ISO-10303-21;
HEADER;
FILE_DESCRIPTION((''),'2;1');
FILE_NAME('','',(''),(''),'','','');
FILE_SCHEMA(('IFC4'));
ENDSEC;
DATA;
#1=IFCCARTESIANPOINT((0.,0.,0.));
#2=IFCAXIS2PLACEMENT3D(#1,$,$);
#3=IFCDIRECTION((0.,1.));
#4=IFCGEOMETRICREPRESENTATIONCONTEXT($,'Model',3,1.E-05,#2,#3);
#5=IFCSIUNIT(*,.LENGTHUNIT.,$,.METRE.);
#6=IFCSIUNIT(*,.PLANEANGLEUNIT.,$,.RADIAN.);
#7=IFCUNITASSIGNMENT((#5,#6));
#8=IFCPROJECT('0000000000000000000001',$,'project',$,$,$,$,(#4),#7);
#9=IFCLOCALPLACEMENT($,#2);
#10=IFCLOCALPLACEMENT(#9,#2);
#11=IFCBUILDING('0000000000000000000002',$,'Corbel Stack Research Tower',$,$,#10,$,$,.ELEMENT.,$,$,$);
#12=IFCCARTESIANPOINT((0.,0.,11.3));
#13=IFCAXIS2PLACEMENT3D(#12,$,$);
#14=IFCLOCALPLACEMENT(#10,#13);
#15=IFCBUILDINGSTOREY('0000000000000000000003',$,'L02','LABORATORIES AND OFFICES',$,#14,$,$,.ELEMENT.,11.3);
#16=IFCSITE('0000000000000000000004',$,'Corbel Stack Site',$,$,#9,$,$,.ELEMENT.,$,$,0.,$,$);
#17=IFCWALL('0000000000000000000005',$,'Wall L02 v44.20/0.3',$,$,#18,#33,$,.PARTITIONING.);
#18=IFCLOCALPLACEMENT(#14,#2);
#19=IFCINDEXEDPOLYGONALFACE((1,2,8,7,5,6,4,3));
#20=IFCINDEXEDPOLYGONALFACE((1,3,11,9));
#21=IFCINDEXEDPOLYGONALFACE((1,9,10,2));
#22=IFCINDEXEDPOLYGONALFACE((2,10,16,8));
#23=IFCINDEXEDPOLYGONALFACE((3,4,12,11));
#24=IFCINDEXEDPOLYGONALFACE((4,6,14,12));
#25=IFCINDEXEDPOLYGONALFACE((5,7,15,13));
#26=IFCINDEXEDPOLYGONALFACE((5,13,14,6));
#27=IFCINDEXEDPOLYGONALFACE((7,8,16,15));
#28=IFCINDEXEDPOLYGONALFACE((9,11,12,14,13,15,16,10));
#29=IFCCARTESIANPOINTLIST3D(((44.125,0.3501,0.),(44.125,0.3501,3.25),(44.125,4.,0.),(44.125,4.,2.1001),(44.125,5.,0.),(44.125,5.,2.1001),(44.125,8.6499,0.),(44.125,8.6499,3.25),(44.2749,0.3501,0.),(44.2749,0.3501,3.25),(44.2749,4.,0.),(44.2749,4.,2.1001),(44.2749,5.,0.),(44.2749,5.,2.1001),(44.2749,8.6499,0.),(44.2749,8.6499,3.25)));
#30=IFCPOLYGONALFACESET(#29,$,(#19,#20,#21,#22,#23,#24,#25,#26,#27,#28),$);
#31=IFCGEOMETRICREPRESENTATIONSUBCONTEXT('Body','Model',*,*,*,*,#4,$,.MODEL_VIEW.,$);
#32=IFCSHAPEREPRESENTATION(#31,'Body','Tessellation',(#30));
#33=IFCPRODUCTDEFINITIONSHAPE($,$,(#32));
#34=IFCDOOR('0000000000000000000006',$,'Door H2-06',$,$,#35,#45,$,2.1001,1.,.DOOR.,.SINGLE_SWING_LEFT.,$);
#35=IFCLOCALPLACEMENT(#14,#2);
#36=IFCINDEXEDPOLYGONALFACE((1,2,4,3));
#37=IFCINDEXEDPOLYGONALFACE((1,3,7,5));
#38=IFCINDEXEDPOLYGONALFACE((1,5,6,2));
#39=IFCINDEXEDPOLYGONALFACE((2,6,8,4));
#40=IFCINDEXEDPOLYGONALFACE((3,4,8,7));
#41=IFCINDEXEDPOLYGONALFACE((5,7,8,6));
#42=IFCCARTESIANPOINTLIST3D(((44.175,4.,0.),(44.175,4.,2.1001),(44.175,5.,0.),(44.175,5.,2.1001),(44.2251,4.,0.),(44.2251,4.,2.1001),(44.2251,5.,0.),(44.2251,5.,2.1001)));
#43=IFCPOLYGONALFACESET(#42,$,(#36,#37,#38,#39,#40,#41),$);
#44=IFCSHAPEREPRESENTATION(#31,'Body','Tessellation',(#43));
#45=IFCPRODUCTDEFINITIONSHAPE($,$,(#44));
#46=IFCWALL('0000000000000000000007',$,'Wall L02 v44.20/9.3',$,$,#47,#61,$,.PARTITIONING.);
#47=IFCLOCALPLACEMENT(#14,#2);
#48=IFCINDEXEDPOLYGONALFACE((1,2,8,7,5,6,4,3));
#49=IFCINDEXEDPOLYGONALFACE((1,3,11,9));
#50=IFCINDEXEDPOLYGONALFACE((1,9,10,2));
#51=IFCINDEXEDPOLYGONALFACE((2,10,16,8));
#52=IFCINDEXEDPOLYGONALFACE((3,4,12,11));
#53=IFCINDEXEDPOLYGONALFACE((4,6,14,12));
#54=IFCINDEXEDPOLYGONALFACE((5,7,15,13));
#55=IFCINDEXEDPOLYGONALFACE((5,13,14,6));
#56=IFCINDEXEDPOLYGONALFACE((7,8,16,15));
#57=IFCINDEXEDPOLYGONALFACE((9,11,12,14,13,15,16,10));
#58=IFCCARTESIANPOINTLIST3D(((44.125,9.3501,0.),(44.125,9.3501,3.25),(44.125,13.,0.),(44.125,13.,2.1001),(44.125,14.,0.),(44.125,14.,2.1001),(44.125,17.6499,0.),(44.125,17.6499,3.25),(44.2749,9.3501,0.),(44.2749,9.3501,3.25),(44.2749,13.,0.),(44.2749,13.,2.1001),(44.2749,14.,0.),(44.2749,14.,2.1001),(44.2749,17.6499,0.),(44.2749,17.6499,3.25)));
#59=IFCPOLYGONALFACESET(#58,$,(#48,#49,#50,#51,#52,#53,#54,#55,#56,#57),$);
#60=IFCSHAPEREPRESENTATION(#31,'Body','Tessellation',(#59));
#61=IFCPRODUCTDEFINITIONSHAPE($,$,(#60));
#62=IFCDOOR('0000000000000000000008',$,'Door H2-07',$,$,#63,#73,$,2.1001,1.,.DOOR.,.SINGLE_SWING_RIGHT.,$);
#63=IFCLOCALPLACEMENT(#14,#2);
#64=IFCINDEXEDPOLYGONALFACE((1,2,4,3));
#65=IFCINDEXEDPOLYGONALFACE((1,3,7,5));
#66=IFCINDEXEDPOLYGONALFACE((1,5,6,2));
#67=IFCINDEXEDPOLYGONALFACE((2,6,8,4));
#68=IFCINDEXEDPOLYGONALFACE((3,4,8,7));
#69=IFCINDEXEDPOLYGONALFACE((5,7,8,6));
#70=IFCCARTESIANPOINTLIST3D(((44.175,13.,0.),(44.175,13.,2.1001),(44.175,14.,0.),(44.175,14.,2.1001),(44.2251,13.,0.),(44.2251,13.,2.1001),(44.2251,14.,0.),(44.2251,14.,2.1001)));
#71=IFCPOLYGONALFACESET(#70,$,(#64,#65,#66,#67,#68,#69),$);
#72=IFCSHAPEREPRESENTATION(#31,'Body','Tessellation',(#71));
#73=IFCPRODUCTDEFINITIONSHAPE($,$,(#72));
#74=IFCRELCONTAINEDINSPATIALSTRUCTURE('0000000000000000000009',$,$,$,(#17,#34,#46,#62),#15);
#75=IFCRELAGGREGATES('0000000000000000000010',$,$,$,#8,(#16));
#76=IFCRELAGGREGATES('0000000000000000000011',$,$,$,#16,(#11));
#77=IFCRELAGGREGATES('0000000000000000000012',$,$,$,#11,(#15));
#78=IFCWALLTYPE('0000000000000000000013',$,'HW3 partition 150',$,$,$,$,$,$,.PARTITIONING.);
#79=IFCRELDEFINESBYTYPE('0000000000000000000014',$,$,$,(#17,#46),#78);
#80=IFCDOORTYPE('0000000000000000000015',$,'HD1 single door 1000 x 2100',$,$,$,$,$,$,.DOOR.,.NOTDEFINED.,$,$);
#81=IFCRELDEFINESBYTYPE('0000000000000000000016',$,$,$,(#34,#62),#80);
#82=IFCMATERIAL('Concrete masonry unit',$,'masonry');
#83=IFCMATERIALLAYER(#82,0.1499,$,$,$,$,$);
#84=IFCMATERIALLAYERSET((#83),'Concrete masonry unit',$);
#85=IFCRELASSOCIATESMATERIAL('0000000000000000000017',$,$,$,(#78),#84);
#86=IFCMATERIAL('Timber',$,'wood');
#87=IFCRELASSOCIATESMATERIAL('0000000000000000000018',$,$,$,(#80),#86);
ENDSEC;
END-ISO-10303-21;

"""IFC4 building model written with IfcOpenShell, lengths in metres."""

from ifc_helpers import new_model, si_unit, direction, frame, frame_2d, origin, place, context, subcontext, project, spatial, rectangle, extrude, material, layer, layer_set, type_object, element, fill, save


model = new_model("IFC4")

# Units and contexts
model_context = context("Model", 3, precision=1e-05, world=origin(), true_north=direction((0.0, 1.0)))
body_context = subcontext(model_context, "Body", "Model", "MODEL_VIEW")
ifc_project = project(units=[si_unit("LENGTHUNIT", "METRE"), si_unit("PLANEANGLEUNIT", "RADIAN")], contexts=[model_context])

# Site, building, storey
site_placement = place(None, origin())
site = spatial("IfcSite", under=ifc_project, at=site_placement, Name="Corbel Stack Site", CompositionType="ELEMENT", RefElevation=0.0)
building_placement = place(site_placement, origin())
building = spatial("IfcBuilding", under=site, at=building_placement, Name="Corbel Stack Research Tower", CompositionType="ELEMENT")
storey_placement = place(building_placement, frame((0.0, 0.0, 11.3)))
storey = spatial("IfcBuildingStorey", under=building, at=storey_placement, Name="L02", Description="LABORATORIES AND OFFICES", CompositionType="ELEMENT", Elevation=11.3)

# Shared definitions
ifc_material_1 = material(Name="Concrete masonry unit", Category="masonry")
ifc_layer_1 = layer(ifc_material_1, 0.1499)
ifc_layer_set_1 = layer_set([ifc_layer_1], Name="Concrete masonry unit")
wall_type_1 = type_object("IfcWallType", Name="HW3 partition 150", PredefinedType="PARTITIONING", material=ifc_layer_set_1)

# Walls, openings, doors
wall_1_placement = place(storey_placement, frame((44.2, 0.3501, 0.0), z_axis=(0.0, 0.0, 1.0), x_axis=(0.0, 1.0, 0.0)))
wall_1 = element("IfcWall", 1, at=wall_1_placement, inside=storey, type_object=wall_type_1, Name="Wall L02 v44.20/0.3", PredefinedType="PARTITIONING", context=body_context, shape_type="SweptSolid", body=[
    extrude(rectangle(XDim=8.2998, YDim=0.1499, at=frame_2d((4.1499, 0.0))), origin(), (0.0, 0.0, 1.0), 3.25),
])
opening_1_placement = place(wall_1_placement, frame((3.6499, 0.0, 0.0)))
opening_1 = element("IfcOpeningElement", 2, at=opening_1_placement, cuts=wall_1, PredefinedType="OPENING", context=body_context, shape_type="SweptSolid", body=[
    extrude(rectangle(XDim=1.0, YDim=2.1001, at=frame_2d((0.5, 1.05))), frame((0.0, 0.085, 0.0), z_axis=(0.0, -1.0, 0.0), x_axis=(1.0, 0.0, 0.0)), (0.0, 0.0, 1.0), 0.1699),
])
ifc_material_2 = material(Name="Timber", Category="wood")
door_type = type_object("IfcDoorType", Name="HD1 single door 1000 x 2100", OperationType="NOTDEFINED", PredefinedType="DOOR", material=ifc_material_2)
door_1_placement = place(opening_1_placement, origin())
door_1 = element("IfcDoor", 3, at=door_1_placement, inside=storey, type_object=door_type, Name="Door H2-06", OperationType="SINGLE_SWING_LEFT", OverallHeight=2.1001, OverallWidth=1.0, PredefinedType="DOOR", context=body_context, shape_type="SweptSolid", body=[
    extrude(rectangle(XDim=1.0, YDim=2.1001, at=frame_2d((0.5, 1.05))), frame((0.0, 0.0249, 0.0), z_axis=(0.0, -1.0, 0.0), x_axis=(1.0, 0.0, 0.0)), (0.0, 0.0, 1.0), 0.05),
])
fill(opening_1, door_1)
wall_2_placement = place(storey_placement, frame((44.2, 9.3501, 0.0), z_axis=(0.0, 0.0, 1.0), x_axis=(0.0, 1.0, 0.0)))
wall_2 = element("IfcWall", 4, at=wall_2_placement, inside=storey, type_object=wall_type_1, Name="Wall L02 v44.20/9.3", PredefinedType="PARTITIONING", context=body_context, shape_type="SweptSolid", body=[
    extrude(rectangle(XDim=8.2998, YDim=0.1499, at=frame_2d((4.1499, 0.0))), origin(), (0.0, 0.0, 1.0), 3.25),
])
opening_2_placement = place(wall_2_placement, frame((3.6499, 0.0, 0.0)))
opening_2 = element("IfcOpeningElement", 5, at=opening_2_placement, cuts=wall_2, PredefinedType="OPENING", context=body_context, shape_type="SweptSolid", body=[
    extrude(rectangle(XDim=1.0, YDim=2.1001, at=frame_2d((0.5, 1.05))), frame((0.0, 0.085, 0.0), z_axis=(0.0, -1.0, 0.0), x_axis=(1.0, 0.0, 0.0)), (0.0, 0.0, 1.0), 0.1699),
])
door_2_placement = place(opening_2_placement, origin())
door_2 = element("IfcDoor", 6, at=door_2_placement, inside=storey, type_object=door_type, Name="Door H2-07", OperationType="SINGLE_SWING_RIGHT", OverallHeight=2.1001, OverallWidth=1.0, PredefinedType="DOOR", context=body_context, shape_type="SweptSolid", body=[
    extrude(rectangle(XDim=1.0, YDim=2.1001, at=frame_2d((0.5, 1.05))), frame((0.0, 0.0249, 0.0), z_axis=(0.0, -1.0, 0.0), x_axis=(1.0, 0.0, 0.0)), (0.0, 0.0, 1.0), 0.05),
])
fill(opening_2, door_2)

save(model, "model.ifc")
